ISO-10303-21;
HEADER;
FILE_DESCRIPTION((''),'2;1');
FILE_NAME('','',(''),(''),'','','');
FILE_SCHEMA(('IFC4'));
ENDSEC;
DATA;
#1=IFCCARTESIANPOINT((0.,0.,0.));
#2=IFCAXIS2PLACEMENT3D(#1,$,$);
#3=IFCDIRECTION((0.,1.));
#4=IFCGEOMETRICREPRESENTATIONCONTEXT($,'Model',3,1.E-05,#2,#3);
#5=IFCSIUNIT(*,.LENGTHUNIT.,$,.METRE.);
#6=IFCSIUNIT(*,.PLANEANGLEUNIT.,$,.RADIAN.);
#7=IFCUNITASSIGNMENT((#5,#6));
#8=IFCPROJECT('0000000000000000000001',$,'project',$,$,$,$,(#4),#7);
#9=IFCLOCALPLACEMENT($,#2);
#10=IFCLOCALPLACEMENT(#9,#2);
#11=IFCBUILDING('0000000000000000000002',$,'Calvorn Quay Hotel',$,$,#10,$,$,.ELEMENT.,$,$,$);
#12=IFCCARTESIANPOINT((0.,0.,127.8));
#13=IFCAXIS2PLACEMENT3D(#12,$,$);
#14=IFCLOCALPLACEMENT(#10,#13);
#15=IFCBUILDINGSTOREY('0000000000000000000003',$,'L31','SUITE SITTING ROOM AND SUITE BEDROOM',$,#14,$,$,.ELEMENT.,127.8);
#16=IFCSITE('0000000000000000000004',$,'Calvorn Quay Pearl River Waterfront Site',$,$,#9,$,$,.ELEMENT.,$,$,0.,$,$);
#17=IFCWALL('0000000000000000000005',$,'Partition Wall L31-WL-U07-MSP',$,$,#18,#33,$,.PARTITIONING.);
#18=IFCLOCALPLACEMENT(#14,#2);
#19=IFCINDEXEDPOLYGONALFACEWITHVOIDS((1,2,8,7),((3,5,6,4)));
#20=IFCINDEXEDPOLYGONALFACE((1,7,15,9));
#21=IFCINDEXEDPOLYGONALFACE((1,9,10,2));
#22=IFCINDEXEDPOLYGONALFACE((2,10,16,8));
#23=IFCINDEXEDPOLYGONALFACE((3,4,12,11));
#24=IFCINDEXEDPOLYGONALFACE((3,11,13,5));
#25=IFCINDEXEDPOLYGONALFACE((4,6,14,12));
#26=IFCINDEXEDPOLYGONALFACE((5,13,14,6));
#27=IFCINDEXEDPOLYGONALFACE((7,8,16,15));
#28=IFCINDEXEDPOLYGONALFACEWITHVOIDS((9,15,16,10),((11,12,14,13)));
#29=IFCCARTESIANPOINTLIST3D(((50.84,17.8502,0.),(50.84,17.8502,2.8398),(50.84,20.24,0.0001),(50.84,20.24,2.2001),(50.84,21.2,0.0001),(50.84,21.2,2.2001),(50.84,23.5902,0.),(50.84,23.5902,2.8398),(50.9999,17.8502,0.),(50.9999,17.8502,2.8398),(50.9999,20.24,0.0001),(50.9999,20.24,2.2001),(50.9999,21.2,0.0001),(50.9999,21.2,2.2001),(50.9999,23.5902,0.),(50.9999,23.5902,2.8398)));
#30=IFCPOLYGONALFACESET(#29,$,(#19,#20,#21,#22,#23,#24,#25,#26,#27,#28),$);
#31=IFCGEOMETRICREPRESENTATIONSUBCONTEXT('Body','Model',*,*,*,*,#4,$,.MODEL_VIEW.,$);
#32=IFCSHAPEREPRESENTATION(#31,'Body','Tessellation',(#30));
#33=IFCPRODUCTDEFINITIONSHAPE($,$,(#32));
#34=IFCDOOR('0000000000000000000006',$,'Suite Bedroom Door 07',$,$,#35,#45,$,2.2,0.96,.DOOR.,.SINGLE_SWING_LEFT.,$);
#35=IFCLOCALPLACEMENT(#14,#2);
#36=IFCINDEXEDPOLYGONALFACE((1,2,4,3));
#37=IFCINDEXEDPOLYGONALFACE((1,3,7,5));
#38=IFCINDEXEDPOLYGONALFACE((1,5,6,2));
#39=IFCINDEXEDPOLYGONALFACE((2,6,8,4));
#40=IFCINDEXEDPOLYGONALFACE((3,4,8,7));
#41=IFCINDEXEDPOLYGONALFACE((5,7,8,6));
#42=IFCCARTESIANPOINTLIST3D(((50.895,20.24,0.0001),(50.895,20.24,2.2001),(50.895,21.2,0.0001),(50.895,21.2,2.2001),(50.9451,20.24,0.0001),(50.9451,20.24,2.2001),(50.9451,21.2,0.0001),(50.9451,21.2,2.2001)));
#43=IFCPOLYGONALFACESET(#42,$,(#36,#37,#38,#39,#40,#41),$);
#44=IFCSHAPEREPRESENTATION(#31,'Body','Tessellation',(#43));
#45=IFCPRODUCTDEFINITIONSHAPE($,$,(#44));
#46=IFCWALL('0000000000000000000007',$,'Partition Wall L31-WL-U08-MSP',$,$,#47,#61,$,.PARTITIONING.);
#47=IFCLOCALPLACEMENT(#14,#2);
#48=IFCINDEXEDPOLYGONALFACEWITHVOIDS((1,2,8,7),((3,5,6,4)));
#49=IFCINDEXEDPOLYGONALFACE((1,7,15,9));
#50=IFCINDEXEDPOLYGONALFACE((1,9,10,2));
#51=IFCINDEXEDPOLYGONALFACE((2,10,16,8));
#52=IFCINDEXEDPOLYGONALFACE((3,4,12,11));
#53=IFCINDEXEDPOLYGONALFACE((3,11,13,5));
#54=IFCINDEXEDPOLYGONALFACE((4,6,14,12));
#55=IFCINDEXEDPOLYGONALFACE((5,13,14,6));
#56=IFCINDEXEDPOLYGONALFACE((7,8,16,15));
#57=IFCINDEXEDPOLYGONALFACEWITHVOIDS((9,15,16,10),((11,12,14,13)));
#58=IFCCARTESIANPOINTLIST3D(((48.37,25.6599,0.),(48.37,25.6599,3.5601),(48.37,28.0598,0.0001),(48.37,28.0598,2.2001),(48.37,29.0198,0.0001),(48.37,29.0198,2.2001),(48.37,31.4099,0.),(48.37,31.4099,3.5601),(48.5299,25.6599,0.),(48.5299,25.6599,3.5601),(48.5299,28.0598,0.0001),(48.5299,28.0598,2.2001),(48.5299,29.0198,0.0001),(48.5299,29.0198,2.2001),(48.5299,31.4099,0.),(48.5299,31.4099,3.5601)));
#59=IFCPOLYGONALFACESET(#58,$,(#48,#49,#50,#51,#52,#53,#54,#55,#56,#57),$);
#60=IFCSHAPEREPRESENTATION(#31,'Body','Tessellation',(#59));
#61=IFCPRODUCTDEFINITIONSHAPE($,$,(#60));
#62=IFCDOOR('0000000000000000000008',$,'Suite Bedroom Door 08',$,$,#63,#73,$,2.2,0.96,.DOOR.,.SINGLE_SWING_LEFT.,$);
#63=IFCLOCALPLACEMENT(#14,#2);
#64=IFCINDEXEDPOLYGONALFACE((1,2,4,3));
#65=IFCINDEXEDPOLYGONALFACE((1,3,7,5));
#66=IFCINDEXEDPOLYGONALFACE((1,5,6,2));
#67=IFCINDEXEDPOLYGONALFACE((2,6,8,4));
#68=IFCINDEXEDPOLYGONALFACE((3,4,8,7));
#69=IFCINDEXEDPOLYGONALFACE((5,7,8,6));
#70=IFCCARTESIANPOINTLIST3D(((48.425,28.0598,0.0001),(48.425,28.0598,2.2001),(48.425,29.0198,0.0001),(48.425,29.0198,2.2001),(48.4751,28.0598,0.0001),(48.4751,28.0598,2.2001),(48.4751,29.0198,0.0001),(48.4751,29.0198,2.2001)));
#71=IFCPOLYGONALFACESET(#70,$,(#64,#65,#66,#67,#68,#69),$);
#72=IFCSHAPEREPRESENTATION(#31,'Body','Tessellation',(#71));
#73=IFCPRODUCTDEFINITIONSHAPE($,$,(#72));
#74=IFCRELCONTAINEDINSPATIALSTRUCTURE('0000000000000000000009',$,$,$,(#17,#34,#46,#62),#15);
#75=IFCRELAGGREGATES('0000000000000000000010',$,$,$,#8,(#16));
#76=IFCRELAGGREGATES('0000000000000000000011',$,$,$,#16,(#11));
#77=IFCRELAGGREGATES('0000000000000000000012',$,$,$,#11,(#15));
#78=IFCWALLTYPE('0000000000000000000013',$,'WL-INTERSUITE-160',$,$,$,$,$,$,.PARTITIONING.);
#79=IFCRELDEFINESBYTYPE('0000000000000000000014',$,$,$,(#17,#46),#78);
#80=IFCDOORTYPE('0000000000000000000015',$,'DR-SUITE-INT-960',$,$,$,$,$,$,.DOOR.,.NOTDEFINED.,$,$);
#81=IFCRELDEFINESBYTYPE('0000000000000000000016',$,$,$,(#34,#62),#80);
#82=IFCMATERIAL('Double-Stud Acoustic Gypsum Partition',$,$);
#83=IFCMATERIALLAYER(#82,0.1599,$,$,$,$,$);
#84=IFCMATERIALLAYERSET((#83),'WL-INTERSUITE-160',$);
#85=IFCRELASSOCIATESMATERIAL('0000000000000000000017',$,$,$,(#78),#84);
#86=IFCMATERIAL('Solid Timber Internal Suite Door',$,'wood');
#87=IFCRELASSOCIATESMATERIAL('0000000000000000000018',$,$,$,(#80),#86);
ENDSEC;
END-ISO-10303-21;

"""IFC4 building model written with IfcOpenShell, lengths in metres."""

from ifc_helpers import new_model, si_unit, direction, frame, frame_2d, origin, place, context, subcontext, project, spatial, rectangle, extrude, material, layer, layer_set, type_object, element, fill, save


model = new_model("IFC4")

# Units and contexts
model_context = context("Model", 3, precision=1e-05, world=origin(), true_north=direction((0.0, 1.0)))
body_context = subcontext(model_context, "Body", "Model", "MODEL_VIEW")
ifc_project = project(units=[si_unit("LENGTHUNIT", "METRE"), si_unit("PLANEANGLEUNIT", "RADIAN")], contexts=[model_context])

# Site, building, storey
site_placement = place(None, origin())
site = spatial("IfcSite", under=ifc_project, at=site_placement, Name="Calvorn Quay Pearl River Waterfront Site", CompositionType="ELEMENT", RefElevation=0.0)
building_placement = place(site_placement, origin())
building = spatial("IfcBuilding", under=site, at=building_placement, Name="Calvorn Quay Hotel", CompositionType="ELEMENT")
storey_placement = place(building_placement, frame((0.0, 0.0, 127.8)))
storey = spatial("IfcBuildingStorey", under=building, at=storey_placement, Name="L31", Description="SUITE SITTING ROOM AND SUITE BEDROOM", CompositionType="ELEMENT", Elevation=127.8)

# Walls, openings, doors
ifc_material_1 = material(Name="Double-Stud Acoustic Gypsum Partition")
ifc_layer_1 = layer(ifc_material_1, 0.1599)
ifc_layer_set_1 = layer_set([ifc_layer_1], Name="WL-INTERSUITE-160")
wall_type_1 = type_object("IfcWallType", Name="WL-INTERSUITE-160", PredefinedType="PARTITIONING", material=ifc_layer_set_1)
wall_1_placement = place(storey_placement, frame((50.9199, 17.8501, 0.0), z_axis=(0.0, 0.0, 1.0), x_axis=(0.0, 1.0, 0.0)))
wall_1 = element("IfcWall", 1, at=wall_1_placement, inside=storey, type_object=wall_type_1, Name="Partition Wall L31-WL-U07-MSP", PredefinedType="PARTITIONING", context=body_context, shape_type="SweptSolid", body=[
    extrude(rectangle(XDim=5.74, YDim=0.1599, at=frame_2d((2.8701, 0.0))), origin(), (0.0, 0.0, 1.0), 2.8398),
])
opening_1_placement = place(wall_1_placement, frame((2.3899, 0.0, 0.0)))
opening_1 = element("IfcOpeningElement", 2, at=opening_1_placement, cuts=wall_1, PredefinedType="OPENING", context=body_context, shape_type="SweptSolid", body=[
    extrude(rectangle(XDim=0.96, YDim=2.2, at=frame_2d((0.48, 1.1001))), frame((0.0, 0.0898, 0.0), z_axis=(0.0, -1.0, 0.0), x_axis=(1.0, 0.0, 0.0)), (0.0, 0.0, 1.0), 0.1799),
])
ifc_material_2 = material(Name="Solid Timber Internal Suite Door", Category="wood")
door_type = type_object("IfcDoorType", Name="DR-SUITE-INT-960", OperationType="NOTDEFINED", PredefinedType="DOOR", material=ifc_material_2)
door_1_placement = place(opening_1_placement, origin())
door_1 = element("IfcDoor", 3, at=door_1_placement, inside=storey, type_object=door_type, Name="Suite Bedroom Door 07", OperationType="SINGLE_SWING_LEFT", OverallHeight=2.2, OverallWidth=0.96, PredefinedType="DOOR", context=body_context, shape_type="SweptSolid", body=[
    extrude(rectangle(XDim=0.96, YDim=2.2, at=frame_2d((0.48, 1.1001))), frame((0.0, 0.0249, 0.0), z_axis=(0.0, -1.0, 0.0), x_axis=(1.0, 0.0, 0.0)), (0.0, 0.0, 1.0), 0.05),
])
fill(opening_1, door_1)
wall_2_placement = place(storey_placement, frame((48.45, 25.6599, 0.0), z_axis=(0.0, 0.0, 1.0), x_axis=(0.0, 1.0, 0.0)))
wall_2 = element("IfcWall", 4, at=wall_2_placement, inside=storey, type_object=wall_type_1, Name="Partition Wall L31-WL-U08-MSP", PredefinedType="PARTITIONING", context=body_context, shape_type="SweptSolid", body=[
    extrude(rectangle(XDim=5.75, YDim=0.1599, at=frame_2d((2.875, 0.0))), origin(), (0.0, 0.0, 1.0), 3.5601),
])
opening_2_placement = place(wall_2_placement, frame((2.3999, 0.0, 0.0)))
opening_2 = element("IfcOpeningElement", 5, at=opening_2_placement, cuts=wall_2, PredefinedType="OPENING", context=body_context, shape_type="SweptSolid", body=[
    extrude(rectangle(XDim=0.96, YDim=2.2, at=frame_2d((0.48, 1.1001))), frame((0.0, 0.0898, 0.0), z_axis=(0.0, -1.0, 0.0), x_axis=(1.0, 0.0, 0.0)), (0.0, 0.0, 1.0), 0.1799),
])
door_2_placement = place(opening_2_placement, origin())
door_2 = element("IfcDoor", 6, at=door_2_placement, inside=storey, type_object=door_type, Name="Suite Bedroom Door 08", OperationType="SINGLE_SWING_LEFT", OverallHeight=2.2, OverallWidth=0.96, PredefinedType="DOOR", context=body_context, shape_type="SweptSolid", body=[
    extrude(rectangle(XDim=0.96, YDim=2.2, at=frame_2d((0.48, 1.1001))), frame((0.0, 0.0249, 0.0), z_axis=(0.0, -1.0, 0.0), x_axis=(1.0, 0.0, 0.0)), (0.0, 0.0, 1.0), 0.05),
])
fill(opening_2, door_2)

save(model, "model.ifc")
